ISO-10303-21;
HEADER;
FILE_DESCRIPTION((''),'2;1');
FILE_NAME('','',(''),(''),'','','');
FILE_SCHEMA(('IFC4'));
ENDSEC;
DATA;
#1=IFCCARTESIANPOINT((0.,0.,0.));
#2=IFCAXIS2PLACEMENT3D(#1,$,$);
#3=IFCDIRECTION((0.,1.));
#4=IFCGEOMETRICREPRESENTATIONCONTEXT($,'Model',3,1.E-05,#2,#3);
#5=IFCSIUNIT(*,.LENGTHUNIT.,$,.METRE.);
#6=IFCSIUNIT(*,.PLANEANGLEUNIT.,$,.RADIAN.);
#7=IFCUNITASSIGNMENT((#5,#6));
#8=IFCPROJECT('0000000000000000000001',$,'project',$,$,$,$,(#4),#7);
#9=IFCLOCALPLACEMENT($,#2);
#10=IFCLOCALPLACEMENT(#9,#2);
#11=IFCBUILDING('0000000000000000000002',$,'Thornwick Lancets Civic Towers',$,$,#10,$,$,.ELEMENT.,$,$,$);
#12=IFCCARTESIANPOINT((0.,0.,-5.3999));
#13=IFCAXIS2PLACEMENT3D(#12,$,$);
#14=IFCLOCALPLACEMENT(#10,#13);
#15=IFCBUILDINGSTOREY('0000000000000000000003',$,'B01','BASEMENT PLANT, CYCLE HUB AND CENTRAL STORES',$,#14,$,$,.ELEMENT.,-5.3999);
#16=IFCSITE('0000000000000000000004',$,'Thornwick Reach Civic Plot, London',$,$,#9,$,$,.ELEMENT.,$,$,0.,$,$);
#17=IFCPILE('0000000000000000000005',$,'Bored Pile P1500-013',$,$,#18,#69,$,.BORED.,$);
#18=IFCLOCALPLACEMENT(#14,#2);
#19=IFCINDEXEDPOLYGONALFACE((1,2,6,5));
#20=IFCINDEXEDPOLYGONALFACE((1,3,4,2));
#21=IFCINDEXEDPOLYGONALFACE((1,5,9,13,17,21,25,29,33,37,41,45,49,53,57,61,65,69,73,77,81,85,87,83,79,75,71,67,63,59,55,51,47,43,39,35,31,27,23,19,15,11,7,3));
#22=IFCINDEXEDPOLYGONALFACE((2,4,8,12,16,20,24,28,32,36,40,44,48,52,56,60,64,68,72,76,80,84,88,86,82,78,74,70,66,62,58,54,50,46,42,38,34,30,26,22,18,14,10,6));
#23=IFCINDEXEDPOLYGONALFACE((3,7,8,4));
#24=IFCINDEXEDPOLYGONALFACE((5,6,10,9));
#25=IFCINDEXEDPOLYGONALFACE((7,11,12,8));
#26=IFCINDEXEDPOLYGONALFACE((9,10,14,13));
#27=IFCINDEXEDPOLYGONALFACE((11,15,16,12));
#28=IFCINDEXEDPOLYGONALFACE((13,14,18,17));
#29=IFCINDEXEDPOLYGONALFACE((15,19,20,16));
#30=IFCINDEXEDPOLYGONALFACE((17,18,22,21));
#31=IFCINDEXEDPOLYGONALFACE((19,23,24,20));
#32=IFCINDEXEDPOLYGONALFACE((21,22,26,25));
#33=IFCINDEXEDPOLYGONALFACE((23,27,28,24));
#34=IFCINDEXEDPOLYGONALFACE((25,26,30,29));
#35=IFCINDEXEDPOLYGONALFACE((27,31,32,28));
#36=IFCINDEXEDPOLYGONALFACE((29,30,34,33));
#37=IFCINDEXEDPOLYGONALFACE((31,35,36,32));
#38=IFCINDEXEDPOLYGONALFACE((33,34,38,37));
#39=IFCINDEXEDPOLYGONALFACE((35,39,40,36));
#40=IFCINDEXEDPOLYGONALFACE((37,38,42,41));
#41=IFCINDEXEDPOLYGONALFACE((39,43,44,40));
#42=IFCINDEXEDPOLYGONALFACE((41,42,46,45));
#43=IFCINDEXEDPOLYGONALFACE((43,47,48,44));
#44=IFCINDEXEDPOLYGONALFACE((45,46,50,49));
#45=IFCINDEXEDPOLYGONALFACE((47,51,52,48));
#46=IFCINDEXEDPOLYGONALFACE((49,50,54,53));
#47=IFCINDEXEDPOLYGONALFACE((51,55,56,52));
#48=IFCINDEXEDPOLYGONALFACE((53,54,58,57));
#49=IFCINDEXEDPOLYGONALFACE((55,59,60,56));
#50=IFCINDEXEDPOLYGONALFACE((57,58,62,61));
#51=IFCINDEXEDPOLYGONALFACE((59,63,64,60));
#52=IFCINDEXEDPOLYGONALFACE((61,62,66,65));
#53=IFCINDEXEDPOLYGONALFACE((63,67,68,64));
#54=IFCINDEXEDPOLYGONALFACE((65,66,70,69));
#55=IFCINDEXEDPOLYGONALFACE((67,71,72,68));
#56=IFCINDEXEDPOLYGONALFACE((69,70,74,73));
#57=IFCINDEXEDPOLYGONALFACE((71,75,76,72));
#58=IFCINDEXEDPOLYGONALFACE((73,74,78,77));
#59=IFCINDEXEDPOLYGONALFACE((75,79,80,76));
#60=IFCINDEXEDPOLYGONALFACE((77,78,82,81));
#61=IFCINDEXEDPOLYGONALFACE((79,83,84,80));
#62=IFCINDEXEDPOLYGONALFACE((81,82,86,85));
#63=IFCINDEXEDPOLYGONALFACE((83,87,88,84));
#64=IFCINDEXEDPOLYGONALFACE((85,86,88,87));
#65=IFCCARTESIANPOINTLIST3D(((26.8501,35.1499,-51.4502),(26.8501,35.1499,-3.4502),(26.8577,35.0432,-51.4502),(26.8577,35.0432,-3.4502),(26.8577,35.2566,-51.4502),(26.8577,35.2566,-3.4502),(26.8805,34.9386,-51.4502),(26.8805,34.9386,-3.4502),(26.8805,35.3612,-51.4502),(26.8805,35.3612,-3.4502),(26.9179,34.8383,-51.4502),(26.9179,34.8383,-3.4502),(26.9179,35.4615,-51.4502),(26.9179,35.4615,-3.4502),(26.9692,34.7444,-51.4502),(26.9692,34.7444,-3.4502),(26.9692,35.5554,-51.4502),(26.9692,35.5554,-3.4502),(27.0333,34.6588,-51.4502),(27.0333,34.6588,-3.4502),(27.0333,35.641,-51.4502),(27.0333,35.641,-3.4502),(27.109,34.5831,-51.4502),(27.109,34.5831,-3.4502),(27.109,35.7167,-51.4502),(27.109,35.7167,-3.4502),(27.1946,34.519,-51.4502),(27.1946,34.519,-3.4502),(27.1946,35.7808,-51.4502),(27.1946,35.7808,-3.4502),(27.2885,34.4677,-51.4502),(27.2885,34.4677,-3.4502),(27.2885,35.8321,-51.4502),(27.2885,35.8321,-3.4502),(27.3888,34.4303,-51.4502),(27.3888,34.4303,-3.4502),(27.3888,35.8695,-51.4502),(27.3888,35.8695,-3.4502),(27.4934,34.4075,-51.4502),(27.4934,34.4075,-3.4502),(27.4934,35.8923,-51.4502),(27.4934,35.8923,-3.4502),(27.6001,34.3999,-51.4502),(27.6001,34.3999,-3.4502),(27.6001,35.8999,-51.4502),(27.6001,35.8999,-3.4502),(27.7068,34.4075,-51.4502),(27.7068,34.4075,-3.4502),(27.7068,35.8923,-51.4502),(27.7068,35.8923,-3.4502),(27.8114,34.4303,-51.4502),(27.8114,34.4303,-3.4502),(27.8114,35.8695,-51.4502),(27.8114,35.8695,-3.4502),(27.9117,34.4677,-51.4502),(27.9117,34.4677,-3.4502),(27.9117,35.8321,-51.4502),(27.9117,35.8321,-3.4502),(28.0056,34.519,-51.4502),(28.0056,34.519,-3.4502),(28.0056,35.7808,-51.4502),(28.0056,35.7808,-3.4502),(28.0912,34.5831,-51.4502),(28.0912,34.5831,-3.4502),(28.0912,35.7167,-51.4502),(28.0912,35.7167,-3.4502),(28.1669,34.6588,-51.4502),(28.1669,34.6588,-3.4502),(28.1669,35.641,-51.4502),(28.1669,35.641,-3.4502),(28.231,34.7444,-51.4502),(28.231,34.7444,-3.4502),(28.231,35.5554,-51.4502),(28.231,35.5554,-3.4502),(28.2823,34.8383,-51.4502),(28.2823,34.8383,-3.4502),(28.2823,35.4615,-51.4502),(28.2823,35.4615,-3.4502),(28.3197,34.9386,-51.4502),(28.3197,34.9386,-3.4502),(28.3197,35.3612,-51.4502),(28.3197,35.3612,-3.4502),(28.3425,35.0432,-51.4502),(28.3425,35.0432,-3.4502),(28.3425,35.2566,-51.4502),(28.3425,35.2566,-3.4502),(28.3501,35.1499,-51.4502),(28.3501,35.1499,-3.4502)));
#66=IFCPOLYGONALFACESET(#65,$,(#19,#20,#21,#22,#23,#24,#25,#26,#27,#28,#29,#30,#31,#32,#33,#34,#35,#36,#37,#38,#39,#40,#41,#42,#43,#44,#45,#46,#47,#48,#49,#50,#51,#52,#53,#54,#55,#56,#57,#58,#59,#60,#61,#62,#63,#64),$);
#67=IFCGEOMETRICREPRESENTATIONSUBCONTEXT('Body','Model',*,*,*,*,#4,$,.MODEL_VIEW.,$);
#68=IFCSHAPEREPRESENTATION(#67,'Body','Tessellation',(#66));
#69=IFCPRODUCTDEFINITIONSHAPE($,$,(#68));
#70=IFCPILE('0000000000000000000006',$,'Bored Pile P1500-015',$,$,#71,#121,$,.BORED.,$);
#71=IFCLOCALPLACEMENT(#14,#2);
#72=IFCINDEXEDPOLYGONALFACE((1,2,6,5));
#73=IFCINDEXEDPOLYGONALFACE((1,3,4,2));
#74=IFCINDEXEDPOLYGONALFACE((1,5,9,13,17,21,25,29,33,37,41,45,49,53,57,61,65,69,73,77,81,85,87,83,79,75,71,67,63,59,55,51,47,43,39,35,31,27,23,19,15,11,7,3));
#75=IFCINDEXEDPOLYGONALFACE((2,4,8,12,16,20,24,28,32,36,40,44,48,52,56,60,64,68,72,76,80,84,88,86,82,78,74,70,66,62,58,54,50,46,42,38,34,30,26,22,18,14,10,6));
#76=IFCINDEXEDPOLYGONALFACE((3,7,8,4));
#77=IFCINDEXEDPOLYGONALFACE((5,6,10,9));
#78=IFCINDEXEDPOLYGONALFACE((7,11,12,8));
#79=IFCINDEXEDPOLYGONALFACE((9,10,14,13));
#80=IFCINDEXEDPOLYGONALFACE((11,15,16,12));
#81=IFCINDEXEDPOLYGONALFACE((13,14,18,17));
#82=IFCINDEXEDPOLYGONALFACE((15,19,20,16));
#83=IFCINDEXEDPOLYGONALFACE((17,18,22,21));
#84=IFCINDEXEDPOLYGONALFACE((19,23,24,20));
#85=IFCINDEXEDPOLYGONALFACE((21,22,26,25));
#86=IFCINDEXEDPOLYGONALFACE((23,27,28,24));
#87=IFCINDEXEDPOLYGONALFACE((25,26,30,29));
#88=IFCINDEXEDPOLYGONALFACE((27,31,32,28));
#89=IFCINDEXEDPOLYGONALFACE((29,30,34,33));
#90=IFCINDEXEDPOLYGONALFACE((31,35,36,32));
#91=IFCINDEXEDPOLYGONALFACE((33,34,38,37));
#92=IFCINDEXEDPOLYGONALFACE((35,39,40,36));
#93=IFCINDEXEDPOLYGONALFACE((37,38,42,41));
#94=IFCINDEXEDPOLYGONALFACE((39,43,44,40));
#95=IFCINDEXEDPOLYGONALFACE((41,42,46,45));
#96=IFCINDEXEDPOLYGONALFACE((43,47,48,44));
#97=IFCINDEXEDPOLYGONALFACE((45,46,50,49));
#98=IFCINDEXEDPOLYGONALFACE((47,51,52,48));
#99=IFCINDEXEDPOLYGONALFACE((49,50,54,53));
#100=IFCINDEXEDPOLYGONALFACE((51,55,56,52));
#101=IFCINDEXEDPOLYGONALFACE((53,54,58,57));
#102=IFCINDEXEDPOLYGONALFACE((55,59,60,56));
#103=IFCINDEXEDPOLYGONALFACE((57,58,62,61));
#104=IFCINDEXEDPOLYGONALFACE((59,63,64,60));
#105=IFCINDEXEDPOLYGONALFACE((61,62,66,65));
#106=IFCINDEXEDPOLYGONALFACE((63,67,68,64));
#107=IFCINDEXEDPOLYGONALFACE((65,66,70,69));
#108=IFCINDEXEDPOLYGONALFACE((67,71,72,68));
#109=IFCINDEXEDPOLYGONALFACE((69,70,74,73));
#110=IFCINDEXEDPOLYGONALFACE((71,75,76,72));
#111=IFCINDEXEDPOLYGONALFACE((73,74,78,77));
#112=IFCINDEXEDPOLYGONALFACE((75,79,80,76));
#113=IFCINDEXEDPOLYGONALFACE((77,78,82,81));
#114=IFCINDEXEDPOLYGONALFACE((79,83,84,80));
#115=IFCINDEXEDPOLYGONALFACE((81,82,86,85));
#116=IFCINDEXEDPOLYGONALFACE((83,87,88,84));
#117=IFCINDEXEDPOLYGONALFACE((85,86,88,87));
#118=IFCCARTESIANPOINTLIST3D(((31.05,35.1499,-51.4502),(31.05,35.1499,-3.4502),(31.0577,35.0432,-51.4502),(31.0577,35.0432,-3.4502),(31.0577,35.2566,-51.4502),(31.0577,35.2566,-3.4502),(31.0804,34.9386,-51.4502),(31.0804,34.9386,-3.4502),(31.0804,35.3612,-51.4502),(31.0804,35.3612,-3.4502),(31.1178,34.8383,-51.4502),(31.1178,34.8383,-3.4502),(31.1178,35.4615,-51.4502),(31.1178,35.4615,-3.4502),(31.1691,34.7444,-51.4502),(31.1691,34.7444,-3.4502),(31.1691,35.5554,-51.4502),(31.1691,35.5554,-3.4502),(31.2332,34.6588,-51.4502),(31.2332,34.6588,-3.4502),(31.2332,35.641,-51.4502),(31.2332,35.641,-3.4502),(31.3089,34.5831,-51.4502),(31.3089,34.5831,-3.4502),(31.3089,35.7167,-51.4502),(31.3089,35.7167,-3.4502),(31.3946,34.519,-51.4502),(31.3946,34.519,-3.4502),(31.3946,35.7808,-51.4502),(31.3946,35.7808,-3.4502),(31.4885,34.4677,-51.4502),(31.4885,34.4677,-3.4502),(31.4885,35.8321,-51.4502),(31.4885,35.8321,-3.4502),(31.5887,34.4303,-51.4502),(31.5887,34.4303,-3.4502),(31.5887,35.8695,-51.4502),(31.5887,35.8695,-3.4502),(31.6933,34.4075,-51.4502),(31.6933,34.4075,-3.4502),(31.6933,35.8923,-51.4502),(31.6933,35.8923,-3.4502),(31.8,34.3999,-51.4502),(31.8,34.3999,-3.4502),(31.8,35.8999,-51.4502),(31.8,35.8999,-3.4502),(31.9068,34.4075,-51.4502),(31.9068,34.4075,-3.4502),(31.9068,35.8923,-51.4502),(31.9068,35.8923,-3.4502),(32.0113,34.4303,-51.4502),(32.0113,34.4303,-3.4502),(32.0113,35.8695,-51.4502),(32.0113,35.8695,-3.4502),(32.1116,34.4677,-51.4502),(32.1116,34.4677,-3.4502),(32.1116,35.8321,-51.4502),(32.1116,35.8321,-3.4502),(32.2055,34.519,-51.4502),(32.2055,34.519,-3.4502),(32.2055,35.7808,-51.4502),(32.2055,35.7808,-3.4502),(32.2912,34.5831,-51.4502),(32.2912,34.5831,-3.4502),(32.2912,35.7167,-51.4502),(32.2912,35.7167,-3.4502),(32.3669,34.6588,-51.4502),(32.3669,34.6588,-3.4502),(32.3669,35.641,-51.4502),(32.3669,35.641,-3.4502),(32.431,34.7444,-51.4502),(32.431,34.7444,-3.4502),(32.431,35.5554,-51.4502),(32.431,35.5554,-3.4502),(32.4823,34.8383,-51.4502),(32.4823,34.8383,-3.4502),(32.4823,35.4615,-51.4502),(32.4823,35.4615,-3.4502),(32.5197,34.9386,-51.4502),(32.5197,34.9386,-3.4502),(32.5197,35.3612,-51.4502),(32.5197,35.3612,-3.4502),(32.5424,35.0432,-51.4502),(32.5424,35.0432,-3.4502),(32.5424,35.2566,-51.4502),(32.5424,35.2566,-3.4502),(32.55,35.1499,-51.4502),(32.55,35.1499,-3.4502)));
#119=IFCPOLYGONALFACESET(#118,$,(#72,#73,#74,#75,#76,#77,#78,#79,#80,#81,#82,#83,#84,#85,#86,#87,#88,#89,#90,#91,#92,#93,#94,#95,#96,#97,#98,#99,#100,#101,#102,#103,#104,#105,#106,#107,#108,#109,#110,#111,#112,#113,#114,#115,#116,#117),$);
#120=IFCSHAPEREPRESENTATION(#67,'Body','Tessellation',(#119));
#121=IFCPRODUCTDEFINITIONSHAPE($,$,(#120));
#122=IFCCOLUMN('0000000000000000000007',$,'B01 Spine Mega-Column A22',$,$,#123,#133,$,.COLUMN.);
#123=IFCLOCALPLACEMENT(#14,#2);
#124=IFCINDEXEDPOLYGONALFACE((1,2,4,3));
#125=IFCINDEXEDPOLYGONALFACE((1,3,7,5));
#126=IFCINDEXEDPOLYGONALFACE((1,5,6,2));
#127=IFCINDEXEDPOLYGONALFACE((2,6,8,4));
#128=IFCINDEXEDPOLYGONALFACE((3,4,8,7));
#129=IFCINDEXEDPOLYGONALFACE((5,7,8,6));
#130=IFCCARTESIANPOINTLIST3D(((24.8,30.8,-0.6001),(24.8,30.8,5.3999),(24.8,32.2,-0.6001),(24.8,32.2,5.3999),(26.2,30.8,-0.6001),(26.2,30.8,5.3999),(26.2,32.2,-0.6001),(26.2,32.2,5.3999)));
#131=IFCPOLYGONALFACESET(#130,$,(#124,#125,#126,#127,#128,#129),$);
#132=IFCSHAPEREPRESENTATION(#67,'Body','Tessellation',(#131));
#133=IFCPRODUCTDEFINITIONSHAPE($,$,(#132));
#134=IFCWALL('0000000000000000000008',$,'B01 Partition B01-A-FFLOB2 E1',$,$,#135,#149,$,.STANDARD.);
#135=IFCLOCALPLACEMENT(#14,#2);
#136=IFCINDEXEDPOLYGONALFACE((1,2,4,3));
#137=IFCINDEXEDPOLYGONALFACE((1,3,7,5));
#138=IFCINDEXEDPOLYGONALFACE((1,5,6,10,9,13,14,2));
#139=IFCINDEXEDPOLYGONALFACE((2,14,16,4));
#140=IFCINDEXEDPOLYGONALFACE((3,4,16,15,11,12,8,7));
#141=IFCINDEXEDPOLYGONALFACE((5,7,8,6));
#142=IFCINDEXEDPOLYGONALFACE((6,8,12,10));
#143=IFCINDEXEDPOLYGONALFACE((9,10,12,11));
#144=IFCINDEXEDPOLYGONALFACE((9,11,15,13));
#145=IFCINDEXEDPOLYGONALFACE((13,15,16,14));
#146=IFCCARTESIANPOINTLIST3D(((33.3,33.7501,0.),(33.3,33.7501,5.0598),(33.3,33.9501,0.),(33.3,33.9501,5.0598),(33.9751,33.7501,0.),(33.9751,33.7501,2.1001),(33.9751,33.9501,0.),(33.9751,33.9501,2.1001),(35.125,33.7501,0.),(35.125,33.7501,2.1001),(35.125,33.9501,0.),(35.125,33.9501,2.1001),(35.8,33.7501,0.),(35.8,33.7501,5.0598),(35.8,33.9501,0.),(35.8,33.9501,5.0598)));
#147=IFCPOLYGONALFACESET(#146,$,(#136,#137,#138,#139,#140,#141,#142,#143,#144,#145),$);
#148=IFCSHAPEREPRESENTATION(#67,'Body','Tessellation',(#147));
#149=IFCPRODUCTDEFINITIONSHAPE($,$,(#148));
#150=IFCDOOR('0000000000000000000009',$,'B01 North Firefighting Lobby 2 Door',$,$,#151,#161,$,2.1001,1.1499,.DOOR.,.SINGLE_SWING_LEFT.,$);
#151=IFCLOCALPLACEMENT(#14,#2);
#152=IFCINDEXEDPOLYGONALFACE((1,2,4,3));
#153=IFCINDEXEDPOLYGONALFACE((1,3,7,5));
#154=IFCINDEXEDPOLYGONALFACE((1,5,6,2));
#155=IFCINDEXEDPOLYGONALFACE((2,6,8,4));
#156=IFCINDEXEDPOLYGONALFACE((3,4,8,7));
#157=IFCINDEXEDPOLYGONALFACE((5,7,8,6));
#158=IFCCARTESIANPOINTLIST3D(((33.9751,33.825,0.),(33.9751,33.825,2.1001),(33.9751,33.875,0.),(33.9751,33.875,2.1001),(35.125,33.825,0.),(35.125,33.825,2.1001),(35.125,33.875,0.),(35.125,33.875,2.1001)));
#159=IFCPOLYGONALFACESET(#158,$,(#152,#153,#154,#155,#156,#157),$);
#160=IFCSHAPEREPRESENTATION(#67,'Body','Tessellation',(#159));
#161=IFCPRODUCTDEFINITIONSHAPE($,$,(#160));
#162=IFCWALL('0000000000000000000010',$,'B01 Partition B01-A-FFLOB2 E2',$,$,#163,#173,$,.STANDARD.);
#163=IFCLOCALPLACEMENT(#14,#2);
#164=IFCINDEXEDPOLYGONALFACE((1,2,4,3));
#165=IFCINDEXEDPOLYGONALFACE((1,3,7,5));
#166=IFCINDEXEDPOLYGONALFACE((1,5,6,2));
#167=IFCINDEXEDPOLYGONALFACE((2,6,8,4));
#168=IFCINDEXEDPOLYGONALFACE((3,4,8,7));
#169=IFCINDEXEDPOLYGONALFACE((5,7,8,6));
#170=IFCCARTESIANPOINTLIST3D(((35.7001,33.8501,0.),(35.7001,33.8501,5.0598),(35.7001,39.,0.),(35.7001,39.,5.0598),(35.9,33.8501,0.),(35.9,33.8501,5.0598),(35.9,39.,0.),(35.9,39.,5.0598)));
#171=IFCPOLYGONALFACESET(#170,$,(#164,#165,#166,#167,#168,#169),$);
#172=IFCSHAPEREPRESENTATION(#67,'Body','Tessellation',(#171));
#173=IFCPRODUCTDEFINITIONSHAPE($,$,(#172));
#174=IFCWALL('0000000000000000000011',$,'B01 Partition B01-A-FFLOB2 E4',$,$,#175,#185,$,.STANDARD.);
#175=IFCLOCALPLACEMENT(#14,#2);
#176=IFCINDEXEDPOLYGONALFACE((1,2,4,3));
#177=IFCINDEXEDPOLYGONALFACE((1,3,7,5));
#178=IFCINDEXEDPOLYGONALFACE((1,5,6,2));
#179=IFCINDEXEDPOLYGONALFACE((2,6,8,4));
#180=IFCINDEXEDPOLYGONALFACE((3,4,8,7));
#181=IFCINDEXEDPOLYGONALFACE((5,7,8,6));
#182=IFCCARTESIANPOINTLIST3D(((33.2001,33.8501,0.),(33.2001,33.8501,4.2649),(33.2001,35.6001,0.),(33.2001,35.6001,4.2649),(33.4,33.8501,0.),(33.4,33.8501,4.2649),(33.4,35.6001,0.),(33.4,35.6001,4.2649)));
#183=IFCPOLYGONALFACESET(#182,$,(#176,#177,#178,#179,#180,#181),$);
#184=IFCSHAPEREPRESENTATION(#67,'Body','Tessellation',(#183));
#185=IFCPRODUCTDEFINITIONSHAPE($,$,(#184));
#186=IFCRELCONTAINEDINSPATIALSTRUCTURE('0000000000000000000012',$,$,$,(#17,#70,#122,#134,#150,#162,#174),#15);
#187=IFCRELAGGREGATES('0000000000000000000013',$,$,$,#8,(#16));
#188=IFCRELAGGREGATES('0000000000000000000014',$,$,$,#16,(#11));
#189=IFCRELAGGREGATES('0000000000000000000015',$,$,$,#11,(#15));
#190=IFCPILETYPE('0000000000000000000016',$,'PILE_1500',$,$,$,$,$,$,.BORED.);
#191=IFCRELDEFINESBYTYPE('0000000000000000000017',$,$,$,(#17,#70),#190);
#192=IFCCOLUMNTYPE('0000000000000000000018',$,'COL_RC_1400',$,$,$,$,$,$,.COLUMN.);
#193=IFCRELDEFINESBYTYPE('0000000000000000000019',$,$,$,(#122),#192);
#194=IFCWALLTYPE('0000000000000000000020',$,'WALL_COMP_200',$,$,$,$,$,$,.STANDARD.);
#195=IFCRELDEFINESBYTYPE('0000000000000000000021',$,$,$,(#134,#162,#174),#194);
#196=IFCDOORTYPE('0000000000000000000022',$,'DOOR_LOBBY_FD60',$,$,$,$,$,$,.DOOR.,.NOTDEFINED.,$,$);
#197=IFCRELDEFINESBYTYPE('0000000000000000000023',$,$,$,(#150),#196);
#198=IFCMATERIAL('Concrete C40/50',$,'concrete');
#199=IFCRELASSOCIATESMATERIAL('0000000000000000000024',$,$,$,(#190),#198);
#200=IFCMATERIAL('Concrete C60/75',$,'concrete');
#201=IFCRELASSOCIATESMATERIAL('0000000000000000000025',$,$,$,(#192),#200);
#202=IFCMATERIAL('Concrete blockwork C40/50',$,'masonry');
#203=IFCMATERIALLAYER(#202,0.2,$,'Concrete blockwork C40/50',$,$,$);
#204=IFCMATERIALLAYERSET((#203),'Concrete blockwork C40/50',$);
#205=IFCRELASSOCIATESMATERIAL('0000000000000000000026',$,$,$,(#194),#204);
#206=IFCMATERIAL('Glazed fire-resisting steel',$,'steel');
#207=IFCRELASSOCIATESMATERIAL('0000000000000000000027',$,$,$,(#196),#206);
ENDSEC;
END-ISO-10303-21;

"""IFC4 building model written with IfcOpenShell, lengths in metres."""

from ifc_helpers import new_model, si_unit, direction, frame, frame_2d, origin, origin_2d, place, context, subcontext, project, spatial, rectangle, circle, extrude, material, layer, layer_set, material_profile, profile_set, type_object, element, fill, save


model = new_model("IFC4")

# Units and contexts
model_context = context("Model", 3, precision=1e-05, world=origin(), true_north=direction((0.0, 1.0)))
body_context = subcontext(model_context, "Body", "Model", "MODEL_VIEW")
ifc_project = project(units=[si_unit("LENGTHUNIT", "METRE"), si_unit("PLANEANGLEUNIT", "RADIAN")], contexts=[model_context])

# Site, building, storey
site_placement = place(None, origin())
site = spatial("IfcSite", under=ifc_project, at=site_placement, Name="Thornwick Reach Civic Plot, London", CompositionType="ELEMENT", RefElevation=0.0)
building_placement = place(site_placement, origin())
building = spatial("IfcBuilding", under=site, at=building_placement, Name="Thornwick Lancets Civic Towers", CompositionType="ELEMENT")
storey_placement = place(building_placement, frame((0.0, 0.0, -5.3999)))
storey = spatial("IfcBuildingStorey", under=building, at=storey_placement, Name="B01", Description="BASEMENT PLANT, CYCLE HUB AND CENTRAL STORES", CompositionType="ELEMENT", Elevation=-5.3999)

# Piles
ifc_material_1 = material(Name="Concrete C40/50", Category="concrete")
ifc_material_profile_1 = material_profile(ifc_material_1, circle(Radius=0.75, at=origin_2d()), Name="PILE D1500")
ifc_profile_set_1 = profile_set([ifc_material_profile_1], Name="Concrete C40/50")
pile_type = type_object("IfcPileType", Name="PILE_1500", PredefinedType="BORED", material=ifc_profile_set_1)
for number, where, z_axis, x_axis, name in (
    (1, (27.6001, 35.1499, -3.4502), (0.0, 0.0, -1.0), (1.0, 0.0, 0.0), "Bored Pile P1500-013"),
    (2, (31.8, 35.1499, -3.4502), (0.0, 0.0, -1.0), (1.0, 0.0, 0.0), "Bored Pile P1500-015"),
):
    element("IfcPile", number, at=place(storey_placement, frame(where, z_axis=z_axis, x_axis=x_axis)), inside=storey, type_object=pile_type, Name=name, PredefinedType="BORED", context=body_context, shape_type="SweptSolid", body=[
        extrude(circle(Radius=0.75, at=origin_2d()), origin(), (0.0, 0.0, 1.0), 48.0),
    ])

# Column
ifc_material_2 = material(Name="Concrete C60/75", Category="concrete")
ifc_material_profile_2 = material_profile(ifc_material_2, rectangle(XDim=1.3999, YDim=1.3999, at=origin_2d()), Name="RC 1400x1400")
ifc_profile_set_2 = profile_set([ifc_material_profile_2], Name="Concrete C60/75")
column_type = type_object("IfcColumnType", Name="COL_RC_1400", PredefinedType="COLUMN", material=ifc_profile_set_2)
column_placement = place(storey_placement, frame((25.5, 31.5, -0.6001), z_axis=(0.0, 0.0, 1.0), x_axis=(1.0, 0.0, 0.0)))
element("IfcColumn", 3, at=column_placement, inside=storey, type_object=column_type, Name="B01 Spine Mega-Column A22", PredefinedType="COLUMN", context=body_context, shape_type="SweptSolid", body=[
    extrude(rectangle(XDim=1.3999, YDim=1.3999, at=origin_2d()), origin(), (0.0, 0.0, 1.0), 6.0),
])

# Wall, opening, door
ifc_material_3 = material(Name="Concrete blockwork C40/50", Category="masonry")
ifc_layer_1 = layer(ifc_material_3, 0.2, Name="Concrete blockwork C40/50")
ifc_layer_set_1 = layer_set([ifc_layer_1], Name="Concrete blockwork C40/50")
wall_type_1 = type_object("IfcWallType", Name="WALL_COMP_200", PredefinedType="STANDARD", material=ifc_layer_set_1)
wall_1_placement = place(storey_placement, frame((33.3, 33.8501, 0.0), z_axis=(0.0, 0.0, 1.0), x_axis=(1.0, 0.0, 0.0)))
wall_1 = element("IfcWall", 4, at=wall_1_placement, inside=storey, type_object=wall_type_1, Name="B01 Partition B01-A-FFLOB2 E1", PredefinedType="STANDARD", context=body_context, shape_type="SweptSolid", body=[
    extrude(rectangle(XDim=2.5, YDim=0.2, at=frame_2d((1.25, 0.0))), origin(), (0.0, 0.0, 1.0), 5.0598),
])
opening_1_placement = place(wall_1_placement, frame((0.675, 0.0, 0.0)))
opening_1 = element("IfcOpeningElement", 5, at=opening_1_placement, cuts=wall_1, PredefinedType="OPENING", context=body_context, shape_type="SweptSolid", body=[
    extrude(rectangle(XDim=1.1499, YDim=2.1001, at=frame_2d((0.575, 1.05))), frame((0.0, 0.1099, 0.0), z_axis=(0.0, -1.0, 0.0), x_axis=(1.0, 0.0, 0.0)), (0.0, 0.0, 1.0), 0.22),
])
ifc_material_4 = material(Name="Glazed fire-resisting steel", Category="steel")
door_type_1 = type_object("IfcDoorType", Name="DOOR_LOBBY_FD60", OperationType="NOTDEFINED", PredefinedType="DOOR", material=ifc_material_4)
door_1_placement = place(opening_1_placement, origin())
door_1 = element("IfcDoor", 6, at=door_1_placement, inside=storey, type_object=door_type_1, Name="B01 North Firefighting Lobby 2 Door", OperationType="SINGLE_SWING_LEFT", OverallHeight=2.1001, OverallWidth=1.1499, PredefinedType="DOOR", context=body_context, shape_type="SweptSolid", body=[
    extrude(rectangle(XDim=1.1499, YDim=2.1001, at=frame_2d((0.575, 1.05))), frame((0.0, 0.0249, 0.0), z_axis=(0.0, -1.0, 0.0), x_axis=(1.0, 0.0, 0.0)), (0.0, 0.0, 1.0), 0.05),
])
fill(opening_1, door_1)

# Walls
wall_2_placement = place(storey_placement, frame((35.8, 33.8501, 0.0), z_axis=(0.0, 0.0, 1.0), x_axis=(0.0, 1.0, 0.0)))
element("IfcWall", 7, at=wall_2_placement, inside=storey, type_object=wall_type_1, Name="B01 Partition B01-A-FFLOB2 E2", PredefinedType="STANDARD", context=body_context, shape_type="SweptSolid", body=[
    extrude(rectangle(XDim=5.1499, YDim=0.2, at=frame_2d((2.575, 0.0))), origin(), (0.0, 0.0, 1.0), 5.0598),
])
wall_3_placement = place(storey_placement, frame((33.3, 35.6001, 0.0), z_axis=(0.0, 0.0, 1.0), x_axis=(0.0, -1.0, 0.0)))
element("IfcWall", 8, at=wall_3_placement, inside=storey, type_object=wall_type_1, Name="B01 Partition B01-A-FFLOB2 E4", PredefinedType="STANDARD", context=body_context, shape_type="SweptSolid", body=[
    extrude(rectangle(XDim=1.75, YDim=0.2, at=frame_2d((0.875, 0.0))), origin(), (0.0, 0.0, 1.0), 4.2649),
])

save(model, "model.ifc")
